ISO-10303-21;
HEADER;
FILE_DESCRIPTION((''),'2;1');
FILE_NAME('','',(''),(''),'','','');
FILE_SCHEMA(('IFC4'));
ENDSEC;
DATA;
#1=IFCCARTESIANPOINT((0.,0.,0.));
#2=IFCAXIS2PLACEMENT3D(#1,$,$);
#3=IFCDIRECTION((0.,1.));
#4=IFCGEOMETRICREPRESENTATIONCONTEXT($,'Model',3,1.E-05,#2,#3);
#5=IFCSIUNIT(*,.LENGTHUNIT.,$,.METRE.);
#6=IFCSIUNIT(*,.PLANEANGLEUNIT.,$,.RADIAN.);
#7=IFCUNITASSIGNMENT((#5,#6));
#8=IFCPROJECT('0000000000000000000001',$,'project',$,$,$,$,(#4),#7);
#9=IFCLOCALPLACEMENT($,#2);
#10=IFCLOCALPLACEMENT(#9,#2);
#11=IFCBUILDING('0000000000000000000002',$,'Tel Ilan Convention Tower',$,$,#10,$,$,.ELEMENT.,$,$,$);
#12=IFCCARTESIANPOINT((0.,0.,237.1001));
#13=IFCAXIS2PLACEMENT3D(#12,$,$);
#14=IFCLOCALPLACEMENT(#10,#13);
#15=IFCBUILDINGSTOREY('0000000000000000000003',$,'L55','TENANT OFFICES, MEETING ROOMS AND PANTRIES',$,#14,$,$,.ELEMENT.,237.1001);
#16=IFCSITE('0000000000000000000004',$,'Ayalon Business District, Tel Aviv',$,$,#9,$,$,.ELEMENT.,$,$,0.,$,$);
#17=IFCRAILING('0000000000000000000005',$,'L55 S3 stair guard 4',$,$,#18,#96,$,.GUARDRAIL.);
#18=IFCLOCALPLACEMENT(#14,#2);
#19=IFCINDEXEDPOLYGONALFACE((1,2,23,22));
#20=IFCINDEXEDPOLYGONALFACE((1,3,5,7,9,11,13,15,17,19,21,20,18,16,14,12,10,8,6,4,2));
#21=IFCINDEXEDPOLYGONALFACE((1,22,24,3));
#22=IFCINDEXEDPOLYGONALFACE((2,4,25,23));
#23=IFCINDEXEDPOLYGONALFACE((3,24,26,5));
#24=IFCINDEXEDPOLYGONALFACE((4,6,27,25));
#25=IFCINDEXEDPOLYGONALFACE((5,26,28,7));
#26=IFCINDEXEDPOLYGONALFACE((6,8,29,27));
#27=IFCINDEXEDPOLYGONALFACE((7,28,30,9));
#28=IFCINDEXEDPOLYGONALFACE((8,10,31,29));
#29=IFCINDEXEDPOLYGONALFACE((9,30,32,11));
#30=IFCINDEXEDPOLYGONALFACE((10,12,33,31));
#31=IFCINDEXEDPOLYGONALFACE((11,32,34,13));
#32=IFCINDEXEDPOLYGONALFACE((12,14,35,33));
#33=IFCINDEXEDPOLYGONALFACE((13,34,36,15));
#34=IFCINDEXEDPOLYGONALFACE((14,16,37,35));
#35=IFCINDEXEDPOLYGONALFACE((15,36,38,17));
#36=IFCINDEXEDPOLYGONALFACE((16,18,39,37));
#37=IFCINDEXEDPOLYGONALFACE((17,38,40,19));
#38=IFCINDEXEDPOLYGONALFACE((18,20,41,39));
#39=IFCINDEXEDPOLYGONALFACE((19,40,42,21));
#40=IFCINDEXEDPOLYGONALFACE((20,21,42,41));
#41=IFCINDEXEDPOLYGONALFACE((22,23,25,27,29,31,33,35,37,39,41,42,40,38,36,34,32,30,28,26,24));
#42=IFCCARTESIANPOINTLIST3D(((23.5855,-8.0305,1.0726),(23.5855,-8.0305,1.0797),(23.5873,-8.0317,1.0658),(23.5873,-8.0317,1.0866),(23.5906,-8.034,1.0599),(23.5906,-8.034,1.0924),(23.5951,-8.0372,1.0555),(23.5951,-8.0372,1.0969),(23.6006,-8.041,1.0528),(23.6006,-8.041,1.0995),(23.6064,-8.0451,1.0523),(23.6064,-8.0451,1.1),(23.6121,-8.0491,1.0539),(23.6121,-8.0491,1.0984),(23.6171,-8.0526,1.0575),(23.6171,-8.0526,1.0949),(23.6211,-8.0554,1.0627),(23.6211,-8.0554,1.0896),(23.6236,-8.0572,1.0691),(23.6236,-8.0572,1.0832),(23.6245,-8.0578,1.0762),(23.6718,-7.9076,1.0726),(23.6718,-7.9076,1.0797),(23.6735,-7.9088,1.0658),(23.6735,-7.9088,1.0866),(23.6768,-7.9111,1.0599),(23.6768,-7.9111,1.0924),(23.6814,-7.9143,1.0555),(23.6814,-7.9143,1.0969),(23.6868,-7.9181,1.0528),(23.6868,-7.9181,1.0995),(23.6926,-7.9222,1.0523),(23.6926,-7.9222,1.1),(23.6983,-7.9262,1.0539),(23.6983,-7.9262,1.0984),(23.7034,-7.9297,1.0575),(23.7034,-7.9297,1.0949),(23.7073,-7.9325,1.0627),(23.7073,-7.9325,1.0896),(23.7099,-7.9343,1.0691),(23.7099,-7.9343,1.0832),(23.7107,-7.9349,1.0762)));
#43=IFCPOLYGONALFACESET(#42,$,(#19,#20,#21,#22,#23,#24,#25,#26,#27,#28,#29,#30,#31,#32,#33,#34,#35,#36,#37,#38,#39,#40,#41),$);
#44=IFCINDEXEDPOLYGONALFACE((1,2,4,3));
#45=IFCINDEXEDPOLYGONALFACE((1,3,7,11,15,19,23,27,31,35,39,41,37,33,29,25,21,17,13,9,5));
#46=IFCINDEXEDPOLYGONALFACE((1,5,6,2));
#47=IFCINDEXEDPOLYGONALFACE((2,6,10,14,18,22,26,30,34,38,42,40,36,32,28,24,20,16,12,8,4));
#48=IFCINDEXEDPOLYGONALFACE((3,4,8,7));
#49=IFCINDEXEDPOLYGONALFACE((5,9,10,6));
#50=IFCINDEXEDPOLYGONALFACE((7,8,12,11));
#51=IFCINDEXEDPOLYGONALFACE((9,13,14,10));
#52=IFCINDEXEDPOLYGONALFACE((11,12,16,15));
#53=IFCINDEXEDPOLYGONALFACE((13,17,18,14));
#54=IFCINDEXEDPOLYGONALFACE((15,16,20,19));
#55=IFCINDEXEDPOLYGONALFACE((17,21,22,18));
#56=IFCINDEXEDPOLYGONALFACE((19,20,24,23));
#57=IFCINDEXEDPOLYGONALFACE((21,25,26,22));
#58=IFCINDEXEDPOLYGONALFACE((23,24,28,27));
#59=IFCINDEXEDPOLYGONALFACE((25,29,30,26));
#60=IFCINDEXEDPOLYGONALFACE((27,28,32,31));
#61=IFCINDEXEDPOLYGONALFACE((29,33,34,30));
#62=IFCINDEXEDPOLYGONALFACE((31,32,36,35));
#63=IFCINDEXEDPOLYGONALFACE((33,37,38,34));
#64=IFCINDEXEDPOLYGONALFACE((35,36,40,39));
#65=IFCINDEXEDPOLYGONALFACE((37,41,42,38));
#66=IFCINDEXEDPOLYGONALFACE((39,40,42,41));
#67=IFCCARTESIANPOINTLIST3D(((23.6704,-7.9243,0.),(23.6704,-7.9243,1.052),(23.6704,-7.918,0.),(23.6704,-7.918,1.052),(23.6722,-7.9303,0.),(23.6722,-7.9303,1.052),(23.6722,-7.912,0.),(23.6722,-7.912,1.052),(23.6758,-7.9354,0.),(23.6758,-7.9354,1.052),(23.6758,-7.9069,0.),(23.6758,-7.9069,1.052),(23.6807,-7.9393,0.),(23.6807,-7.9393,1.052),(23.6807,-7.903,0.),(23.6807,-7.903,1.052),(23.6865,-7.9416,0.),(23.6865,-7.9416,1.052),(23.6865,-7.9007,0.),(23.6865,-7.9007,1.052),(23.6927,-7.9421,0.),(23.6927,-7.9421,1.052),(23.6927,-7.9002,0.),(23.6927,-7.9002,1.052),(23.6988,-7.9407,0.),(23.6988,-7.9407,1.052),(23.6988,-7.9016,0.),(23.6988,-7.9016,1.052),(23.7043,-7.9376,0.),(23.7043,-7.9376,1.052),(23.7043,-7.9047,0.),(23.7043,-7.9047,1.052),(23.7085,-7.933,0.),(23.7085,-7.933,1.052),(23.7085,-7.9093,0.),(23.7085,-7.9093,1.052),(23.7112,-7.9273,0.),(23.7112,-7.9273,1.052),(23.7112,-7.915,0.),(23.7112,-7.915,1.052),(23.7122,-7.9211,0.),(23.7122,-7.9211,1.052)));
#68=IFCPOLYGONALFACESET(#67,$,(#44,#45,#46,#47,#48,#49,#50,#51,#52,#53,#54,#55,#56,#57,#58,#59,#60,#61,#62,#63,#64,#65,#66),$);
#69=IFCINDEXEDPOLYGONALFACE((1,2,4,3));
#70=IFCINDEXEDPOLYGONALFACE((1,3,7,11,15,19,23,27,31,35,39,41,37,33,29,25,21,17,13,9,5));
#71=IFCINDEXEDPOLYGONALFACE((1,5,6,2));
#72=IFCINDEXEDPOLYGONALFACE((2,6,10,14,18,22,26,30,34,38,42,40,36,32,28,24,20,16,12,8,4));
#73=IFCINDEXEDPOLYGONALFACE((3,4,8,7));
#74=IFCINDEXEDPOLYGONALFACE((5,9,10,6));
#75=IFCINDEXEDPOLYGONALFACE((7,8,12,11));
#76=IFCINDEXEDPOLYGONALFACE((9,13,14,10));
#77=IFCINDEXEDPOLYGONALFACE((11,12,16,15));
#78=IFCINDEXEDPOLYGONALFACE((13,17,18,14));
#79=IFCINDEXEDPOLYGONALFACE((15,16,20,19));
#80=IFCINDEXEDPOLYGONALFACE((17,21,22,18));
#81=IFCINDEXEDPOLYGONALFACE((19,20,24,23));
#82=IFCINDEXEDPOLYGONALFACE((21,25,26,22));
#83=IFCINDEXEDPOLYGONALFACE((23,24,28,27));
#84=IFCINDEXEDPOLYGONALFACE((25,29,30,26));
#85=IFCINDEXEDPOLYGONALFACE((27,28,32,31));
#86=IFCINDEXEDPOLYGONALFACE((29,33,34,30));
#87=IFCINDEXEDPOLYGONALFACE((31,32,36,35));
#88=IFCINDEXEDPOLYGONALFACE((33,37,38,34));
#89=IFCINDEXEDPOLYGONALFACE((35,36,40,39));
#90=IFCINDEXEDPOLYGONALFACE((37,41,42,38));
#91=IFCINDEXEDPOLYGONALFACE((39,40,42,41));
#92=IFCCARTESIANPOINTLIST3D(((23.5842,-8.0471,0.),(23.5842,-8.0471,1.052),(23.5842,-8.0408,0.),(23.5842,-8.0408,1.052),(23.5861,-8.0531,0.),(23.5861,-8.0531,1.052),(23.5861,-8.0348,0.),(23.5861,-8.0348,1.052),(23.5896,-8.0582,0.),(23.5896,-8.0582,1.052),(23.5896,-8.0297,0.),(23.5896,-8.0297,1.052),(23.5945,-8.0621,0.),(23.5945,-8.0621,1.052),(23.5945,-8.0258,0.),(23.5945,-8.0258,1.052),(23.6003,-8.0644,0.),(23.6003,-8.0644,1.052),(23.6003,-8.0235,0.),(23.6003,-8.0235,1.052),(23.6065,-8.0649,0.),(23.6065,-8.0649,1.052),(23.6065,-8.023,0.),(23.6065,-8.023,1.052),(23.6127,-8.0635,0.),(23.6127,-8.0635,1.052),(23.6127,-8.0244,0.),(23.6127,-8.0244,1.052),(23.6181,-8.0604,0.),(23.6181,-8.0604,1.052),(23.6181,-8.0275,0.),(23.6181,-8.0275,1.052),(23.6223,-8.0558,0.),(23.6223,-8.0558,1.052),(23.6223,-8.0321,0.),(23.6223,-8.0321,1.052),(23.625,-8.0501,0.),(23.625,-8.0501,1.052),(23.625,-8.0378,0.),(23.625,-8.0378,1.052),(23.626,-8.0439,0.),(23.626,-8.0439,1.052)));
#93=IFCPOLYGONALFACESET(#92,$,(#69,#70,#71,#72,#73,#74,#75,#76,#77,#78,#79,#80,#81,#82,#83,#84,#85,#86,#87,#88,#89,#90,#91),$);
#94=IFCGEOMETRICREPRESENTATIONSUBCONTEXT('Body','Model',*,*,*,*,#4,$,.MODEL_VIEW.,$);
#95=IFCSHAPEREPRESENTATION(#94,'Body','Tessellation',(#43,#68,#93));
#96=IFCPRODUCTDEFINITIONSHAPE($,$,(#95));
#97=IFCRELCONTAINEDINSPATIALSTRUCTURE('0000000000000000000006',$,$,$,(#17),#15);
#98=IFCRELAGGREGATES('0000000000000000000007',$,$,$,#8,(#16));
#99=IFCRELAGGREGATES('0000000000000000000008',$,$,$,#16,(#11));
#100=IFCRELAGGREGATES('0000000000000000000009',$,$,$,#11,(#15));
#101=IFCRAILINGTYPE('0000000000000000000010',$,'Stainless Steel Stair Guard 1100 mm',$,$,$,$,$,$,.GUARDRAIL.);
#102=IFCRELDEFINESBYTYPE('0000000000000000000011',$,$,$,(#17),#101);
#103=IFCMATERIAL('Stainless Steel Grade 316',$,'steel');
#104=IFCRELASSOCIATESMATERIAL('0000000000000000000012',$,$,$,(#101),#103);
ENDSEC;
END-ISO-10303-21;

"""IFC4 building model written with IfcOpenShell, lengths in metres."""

from ifc_helpers import new_model, si_unit, direction, frame, origin, origin_2d, place, context, subcontext, project, spatial, circle, extrude, material, type_object, element, save


model = new_model("IFC4")

# Units and contexts
model_context = context("Model", 3, precision=1e-05, world=origin(), true_north=direction((0.0, 1.0)))
body_context = subcontext(model_context, "Body", "Model", "MODEL_VIEW")
ifc_project = project(units=[si_unit("LENGTHUNIT", "METRE"), si_unit("PLANEANGLEUNIT", "RADIAN")], contexts=[model_context])

# Site, building, storey
site_placement = place(None, origin())
site = spatial("IfcSite", under=ifc_project, at=site_placement, Name="Ayalon Business District, Tel Aviv", CompositionType="ELEMENT", RefElevation=0.0)
building_placement = place(site_placement, origin())
building = spatial("IfcBuilding", under=site, at=building_placement, Name="Tel Ilan Convention Tower", CompositionType="ELEMENT")
storey_placement = place(building_placement, frame((0.0, 0.0, 237.1001)))
storey = spatial("IfcBuildingStorey", under=building, at=storey_placement, Name="L55", Description="TENANT OFFICES, MEETING ROOMS AND PANTRIES", CompositionType="ELEMENT", Elevation=237.1001)

# Railing
ifc_material_1 = material(Name="Stainless Steel Grade 316", Category="steel")
railing_type_1 = type_object("IfcRailingType", Name="Stainless Steel Stair Guard 1100 mm", PredefinedType="GUARDRAIL", material=ifc_material_1)
railing_1_placement = place(storey_placement, frame((23.6912, -7.9211, 0.0)))
element("IfcRailing", 1, at=railing_1_placement, inside=storey, type_object=railing_type_1, Name="L55 S3 stair guard 4", PredefinedType="GUARDRAIL", context=body_context, shape_type="SweptSolid", body=[
    extrude(circle(Radius=0.0239, at=origin_2d()), frame((0.0, 0.0, 1.0762), z_axis=(-0.574445, -0.818543, 0.0), x_axis=(0.818543, -0.574445, 0.0)), (0.0, 0.0, 1.0), 0.1501),
    extrude(circle(Radius=0.021, at=origin_2d()), origin(), (0.0, 0.0, 1.0), 1.052),
    extrude(circle(Radius=0.021, at=origin_2d()), frame((-0.0862, -0.1228, 0.0)), (0.0, 0.0, 1.0), 1.052),
])

save(model, "model.ifc")
